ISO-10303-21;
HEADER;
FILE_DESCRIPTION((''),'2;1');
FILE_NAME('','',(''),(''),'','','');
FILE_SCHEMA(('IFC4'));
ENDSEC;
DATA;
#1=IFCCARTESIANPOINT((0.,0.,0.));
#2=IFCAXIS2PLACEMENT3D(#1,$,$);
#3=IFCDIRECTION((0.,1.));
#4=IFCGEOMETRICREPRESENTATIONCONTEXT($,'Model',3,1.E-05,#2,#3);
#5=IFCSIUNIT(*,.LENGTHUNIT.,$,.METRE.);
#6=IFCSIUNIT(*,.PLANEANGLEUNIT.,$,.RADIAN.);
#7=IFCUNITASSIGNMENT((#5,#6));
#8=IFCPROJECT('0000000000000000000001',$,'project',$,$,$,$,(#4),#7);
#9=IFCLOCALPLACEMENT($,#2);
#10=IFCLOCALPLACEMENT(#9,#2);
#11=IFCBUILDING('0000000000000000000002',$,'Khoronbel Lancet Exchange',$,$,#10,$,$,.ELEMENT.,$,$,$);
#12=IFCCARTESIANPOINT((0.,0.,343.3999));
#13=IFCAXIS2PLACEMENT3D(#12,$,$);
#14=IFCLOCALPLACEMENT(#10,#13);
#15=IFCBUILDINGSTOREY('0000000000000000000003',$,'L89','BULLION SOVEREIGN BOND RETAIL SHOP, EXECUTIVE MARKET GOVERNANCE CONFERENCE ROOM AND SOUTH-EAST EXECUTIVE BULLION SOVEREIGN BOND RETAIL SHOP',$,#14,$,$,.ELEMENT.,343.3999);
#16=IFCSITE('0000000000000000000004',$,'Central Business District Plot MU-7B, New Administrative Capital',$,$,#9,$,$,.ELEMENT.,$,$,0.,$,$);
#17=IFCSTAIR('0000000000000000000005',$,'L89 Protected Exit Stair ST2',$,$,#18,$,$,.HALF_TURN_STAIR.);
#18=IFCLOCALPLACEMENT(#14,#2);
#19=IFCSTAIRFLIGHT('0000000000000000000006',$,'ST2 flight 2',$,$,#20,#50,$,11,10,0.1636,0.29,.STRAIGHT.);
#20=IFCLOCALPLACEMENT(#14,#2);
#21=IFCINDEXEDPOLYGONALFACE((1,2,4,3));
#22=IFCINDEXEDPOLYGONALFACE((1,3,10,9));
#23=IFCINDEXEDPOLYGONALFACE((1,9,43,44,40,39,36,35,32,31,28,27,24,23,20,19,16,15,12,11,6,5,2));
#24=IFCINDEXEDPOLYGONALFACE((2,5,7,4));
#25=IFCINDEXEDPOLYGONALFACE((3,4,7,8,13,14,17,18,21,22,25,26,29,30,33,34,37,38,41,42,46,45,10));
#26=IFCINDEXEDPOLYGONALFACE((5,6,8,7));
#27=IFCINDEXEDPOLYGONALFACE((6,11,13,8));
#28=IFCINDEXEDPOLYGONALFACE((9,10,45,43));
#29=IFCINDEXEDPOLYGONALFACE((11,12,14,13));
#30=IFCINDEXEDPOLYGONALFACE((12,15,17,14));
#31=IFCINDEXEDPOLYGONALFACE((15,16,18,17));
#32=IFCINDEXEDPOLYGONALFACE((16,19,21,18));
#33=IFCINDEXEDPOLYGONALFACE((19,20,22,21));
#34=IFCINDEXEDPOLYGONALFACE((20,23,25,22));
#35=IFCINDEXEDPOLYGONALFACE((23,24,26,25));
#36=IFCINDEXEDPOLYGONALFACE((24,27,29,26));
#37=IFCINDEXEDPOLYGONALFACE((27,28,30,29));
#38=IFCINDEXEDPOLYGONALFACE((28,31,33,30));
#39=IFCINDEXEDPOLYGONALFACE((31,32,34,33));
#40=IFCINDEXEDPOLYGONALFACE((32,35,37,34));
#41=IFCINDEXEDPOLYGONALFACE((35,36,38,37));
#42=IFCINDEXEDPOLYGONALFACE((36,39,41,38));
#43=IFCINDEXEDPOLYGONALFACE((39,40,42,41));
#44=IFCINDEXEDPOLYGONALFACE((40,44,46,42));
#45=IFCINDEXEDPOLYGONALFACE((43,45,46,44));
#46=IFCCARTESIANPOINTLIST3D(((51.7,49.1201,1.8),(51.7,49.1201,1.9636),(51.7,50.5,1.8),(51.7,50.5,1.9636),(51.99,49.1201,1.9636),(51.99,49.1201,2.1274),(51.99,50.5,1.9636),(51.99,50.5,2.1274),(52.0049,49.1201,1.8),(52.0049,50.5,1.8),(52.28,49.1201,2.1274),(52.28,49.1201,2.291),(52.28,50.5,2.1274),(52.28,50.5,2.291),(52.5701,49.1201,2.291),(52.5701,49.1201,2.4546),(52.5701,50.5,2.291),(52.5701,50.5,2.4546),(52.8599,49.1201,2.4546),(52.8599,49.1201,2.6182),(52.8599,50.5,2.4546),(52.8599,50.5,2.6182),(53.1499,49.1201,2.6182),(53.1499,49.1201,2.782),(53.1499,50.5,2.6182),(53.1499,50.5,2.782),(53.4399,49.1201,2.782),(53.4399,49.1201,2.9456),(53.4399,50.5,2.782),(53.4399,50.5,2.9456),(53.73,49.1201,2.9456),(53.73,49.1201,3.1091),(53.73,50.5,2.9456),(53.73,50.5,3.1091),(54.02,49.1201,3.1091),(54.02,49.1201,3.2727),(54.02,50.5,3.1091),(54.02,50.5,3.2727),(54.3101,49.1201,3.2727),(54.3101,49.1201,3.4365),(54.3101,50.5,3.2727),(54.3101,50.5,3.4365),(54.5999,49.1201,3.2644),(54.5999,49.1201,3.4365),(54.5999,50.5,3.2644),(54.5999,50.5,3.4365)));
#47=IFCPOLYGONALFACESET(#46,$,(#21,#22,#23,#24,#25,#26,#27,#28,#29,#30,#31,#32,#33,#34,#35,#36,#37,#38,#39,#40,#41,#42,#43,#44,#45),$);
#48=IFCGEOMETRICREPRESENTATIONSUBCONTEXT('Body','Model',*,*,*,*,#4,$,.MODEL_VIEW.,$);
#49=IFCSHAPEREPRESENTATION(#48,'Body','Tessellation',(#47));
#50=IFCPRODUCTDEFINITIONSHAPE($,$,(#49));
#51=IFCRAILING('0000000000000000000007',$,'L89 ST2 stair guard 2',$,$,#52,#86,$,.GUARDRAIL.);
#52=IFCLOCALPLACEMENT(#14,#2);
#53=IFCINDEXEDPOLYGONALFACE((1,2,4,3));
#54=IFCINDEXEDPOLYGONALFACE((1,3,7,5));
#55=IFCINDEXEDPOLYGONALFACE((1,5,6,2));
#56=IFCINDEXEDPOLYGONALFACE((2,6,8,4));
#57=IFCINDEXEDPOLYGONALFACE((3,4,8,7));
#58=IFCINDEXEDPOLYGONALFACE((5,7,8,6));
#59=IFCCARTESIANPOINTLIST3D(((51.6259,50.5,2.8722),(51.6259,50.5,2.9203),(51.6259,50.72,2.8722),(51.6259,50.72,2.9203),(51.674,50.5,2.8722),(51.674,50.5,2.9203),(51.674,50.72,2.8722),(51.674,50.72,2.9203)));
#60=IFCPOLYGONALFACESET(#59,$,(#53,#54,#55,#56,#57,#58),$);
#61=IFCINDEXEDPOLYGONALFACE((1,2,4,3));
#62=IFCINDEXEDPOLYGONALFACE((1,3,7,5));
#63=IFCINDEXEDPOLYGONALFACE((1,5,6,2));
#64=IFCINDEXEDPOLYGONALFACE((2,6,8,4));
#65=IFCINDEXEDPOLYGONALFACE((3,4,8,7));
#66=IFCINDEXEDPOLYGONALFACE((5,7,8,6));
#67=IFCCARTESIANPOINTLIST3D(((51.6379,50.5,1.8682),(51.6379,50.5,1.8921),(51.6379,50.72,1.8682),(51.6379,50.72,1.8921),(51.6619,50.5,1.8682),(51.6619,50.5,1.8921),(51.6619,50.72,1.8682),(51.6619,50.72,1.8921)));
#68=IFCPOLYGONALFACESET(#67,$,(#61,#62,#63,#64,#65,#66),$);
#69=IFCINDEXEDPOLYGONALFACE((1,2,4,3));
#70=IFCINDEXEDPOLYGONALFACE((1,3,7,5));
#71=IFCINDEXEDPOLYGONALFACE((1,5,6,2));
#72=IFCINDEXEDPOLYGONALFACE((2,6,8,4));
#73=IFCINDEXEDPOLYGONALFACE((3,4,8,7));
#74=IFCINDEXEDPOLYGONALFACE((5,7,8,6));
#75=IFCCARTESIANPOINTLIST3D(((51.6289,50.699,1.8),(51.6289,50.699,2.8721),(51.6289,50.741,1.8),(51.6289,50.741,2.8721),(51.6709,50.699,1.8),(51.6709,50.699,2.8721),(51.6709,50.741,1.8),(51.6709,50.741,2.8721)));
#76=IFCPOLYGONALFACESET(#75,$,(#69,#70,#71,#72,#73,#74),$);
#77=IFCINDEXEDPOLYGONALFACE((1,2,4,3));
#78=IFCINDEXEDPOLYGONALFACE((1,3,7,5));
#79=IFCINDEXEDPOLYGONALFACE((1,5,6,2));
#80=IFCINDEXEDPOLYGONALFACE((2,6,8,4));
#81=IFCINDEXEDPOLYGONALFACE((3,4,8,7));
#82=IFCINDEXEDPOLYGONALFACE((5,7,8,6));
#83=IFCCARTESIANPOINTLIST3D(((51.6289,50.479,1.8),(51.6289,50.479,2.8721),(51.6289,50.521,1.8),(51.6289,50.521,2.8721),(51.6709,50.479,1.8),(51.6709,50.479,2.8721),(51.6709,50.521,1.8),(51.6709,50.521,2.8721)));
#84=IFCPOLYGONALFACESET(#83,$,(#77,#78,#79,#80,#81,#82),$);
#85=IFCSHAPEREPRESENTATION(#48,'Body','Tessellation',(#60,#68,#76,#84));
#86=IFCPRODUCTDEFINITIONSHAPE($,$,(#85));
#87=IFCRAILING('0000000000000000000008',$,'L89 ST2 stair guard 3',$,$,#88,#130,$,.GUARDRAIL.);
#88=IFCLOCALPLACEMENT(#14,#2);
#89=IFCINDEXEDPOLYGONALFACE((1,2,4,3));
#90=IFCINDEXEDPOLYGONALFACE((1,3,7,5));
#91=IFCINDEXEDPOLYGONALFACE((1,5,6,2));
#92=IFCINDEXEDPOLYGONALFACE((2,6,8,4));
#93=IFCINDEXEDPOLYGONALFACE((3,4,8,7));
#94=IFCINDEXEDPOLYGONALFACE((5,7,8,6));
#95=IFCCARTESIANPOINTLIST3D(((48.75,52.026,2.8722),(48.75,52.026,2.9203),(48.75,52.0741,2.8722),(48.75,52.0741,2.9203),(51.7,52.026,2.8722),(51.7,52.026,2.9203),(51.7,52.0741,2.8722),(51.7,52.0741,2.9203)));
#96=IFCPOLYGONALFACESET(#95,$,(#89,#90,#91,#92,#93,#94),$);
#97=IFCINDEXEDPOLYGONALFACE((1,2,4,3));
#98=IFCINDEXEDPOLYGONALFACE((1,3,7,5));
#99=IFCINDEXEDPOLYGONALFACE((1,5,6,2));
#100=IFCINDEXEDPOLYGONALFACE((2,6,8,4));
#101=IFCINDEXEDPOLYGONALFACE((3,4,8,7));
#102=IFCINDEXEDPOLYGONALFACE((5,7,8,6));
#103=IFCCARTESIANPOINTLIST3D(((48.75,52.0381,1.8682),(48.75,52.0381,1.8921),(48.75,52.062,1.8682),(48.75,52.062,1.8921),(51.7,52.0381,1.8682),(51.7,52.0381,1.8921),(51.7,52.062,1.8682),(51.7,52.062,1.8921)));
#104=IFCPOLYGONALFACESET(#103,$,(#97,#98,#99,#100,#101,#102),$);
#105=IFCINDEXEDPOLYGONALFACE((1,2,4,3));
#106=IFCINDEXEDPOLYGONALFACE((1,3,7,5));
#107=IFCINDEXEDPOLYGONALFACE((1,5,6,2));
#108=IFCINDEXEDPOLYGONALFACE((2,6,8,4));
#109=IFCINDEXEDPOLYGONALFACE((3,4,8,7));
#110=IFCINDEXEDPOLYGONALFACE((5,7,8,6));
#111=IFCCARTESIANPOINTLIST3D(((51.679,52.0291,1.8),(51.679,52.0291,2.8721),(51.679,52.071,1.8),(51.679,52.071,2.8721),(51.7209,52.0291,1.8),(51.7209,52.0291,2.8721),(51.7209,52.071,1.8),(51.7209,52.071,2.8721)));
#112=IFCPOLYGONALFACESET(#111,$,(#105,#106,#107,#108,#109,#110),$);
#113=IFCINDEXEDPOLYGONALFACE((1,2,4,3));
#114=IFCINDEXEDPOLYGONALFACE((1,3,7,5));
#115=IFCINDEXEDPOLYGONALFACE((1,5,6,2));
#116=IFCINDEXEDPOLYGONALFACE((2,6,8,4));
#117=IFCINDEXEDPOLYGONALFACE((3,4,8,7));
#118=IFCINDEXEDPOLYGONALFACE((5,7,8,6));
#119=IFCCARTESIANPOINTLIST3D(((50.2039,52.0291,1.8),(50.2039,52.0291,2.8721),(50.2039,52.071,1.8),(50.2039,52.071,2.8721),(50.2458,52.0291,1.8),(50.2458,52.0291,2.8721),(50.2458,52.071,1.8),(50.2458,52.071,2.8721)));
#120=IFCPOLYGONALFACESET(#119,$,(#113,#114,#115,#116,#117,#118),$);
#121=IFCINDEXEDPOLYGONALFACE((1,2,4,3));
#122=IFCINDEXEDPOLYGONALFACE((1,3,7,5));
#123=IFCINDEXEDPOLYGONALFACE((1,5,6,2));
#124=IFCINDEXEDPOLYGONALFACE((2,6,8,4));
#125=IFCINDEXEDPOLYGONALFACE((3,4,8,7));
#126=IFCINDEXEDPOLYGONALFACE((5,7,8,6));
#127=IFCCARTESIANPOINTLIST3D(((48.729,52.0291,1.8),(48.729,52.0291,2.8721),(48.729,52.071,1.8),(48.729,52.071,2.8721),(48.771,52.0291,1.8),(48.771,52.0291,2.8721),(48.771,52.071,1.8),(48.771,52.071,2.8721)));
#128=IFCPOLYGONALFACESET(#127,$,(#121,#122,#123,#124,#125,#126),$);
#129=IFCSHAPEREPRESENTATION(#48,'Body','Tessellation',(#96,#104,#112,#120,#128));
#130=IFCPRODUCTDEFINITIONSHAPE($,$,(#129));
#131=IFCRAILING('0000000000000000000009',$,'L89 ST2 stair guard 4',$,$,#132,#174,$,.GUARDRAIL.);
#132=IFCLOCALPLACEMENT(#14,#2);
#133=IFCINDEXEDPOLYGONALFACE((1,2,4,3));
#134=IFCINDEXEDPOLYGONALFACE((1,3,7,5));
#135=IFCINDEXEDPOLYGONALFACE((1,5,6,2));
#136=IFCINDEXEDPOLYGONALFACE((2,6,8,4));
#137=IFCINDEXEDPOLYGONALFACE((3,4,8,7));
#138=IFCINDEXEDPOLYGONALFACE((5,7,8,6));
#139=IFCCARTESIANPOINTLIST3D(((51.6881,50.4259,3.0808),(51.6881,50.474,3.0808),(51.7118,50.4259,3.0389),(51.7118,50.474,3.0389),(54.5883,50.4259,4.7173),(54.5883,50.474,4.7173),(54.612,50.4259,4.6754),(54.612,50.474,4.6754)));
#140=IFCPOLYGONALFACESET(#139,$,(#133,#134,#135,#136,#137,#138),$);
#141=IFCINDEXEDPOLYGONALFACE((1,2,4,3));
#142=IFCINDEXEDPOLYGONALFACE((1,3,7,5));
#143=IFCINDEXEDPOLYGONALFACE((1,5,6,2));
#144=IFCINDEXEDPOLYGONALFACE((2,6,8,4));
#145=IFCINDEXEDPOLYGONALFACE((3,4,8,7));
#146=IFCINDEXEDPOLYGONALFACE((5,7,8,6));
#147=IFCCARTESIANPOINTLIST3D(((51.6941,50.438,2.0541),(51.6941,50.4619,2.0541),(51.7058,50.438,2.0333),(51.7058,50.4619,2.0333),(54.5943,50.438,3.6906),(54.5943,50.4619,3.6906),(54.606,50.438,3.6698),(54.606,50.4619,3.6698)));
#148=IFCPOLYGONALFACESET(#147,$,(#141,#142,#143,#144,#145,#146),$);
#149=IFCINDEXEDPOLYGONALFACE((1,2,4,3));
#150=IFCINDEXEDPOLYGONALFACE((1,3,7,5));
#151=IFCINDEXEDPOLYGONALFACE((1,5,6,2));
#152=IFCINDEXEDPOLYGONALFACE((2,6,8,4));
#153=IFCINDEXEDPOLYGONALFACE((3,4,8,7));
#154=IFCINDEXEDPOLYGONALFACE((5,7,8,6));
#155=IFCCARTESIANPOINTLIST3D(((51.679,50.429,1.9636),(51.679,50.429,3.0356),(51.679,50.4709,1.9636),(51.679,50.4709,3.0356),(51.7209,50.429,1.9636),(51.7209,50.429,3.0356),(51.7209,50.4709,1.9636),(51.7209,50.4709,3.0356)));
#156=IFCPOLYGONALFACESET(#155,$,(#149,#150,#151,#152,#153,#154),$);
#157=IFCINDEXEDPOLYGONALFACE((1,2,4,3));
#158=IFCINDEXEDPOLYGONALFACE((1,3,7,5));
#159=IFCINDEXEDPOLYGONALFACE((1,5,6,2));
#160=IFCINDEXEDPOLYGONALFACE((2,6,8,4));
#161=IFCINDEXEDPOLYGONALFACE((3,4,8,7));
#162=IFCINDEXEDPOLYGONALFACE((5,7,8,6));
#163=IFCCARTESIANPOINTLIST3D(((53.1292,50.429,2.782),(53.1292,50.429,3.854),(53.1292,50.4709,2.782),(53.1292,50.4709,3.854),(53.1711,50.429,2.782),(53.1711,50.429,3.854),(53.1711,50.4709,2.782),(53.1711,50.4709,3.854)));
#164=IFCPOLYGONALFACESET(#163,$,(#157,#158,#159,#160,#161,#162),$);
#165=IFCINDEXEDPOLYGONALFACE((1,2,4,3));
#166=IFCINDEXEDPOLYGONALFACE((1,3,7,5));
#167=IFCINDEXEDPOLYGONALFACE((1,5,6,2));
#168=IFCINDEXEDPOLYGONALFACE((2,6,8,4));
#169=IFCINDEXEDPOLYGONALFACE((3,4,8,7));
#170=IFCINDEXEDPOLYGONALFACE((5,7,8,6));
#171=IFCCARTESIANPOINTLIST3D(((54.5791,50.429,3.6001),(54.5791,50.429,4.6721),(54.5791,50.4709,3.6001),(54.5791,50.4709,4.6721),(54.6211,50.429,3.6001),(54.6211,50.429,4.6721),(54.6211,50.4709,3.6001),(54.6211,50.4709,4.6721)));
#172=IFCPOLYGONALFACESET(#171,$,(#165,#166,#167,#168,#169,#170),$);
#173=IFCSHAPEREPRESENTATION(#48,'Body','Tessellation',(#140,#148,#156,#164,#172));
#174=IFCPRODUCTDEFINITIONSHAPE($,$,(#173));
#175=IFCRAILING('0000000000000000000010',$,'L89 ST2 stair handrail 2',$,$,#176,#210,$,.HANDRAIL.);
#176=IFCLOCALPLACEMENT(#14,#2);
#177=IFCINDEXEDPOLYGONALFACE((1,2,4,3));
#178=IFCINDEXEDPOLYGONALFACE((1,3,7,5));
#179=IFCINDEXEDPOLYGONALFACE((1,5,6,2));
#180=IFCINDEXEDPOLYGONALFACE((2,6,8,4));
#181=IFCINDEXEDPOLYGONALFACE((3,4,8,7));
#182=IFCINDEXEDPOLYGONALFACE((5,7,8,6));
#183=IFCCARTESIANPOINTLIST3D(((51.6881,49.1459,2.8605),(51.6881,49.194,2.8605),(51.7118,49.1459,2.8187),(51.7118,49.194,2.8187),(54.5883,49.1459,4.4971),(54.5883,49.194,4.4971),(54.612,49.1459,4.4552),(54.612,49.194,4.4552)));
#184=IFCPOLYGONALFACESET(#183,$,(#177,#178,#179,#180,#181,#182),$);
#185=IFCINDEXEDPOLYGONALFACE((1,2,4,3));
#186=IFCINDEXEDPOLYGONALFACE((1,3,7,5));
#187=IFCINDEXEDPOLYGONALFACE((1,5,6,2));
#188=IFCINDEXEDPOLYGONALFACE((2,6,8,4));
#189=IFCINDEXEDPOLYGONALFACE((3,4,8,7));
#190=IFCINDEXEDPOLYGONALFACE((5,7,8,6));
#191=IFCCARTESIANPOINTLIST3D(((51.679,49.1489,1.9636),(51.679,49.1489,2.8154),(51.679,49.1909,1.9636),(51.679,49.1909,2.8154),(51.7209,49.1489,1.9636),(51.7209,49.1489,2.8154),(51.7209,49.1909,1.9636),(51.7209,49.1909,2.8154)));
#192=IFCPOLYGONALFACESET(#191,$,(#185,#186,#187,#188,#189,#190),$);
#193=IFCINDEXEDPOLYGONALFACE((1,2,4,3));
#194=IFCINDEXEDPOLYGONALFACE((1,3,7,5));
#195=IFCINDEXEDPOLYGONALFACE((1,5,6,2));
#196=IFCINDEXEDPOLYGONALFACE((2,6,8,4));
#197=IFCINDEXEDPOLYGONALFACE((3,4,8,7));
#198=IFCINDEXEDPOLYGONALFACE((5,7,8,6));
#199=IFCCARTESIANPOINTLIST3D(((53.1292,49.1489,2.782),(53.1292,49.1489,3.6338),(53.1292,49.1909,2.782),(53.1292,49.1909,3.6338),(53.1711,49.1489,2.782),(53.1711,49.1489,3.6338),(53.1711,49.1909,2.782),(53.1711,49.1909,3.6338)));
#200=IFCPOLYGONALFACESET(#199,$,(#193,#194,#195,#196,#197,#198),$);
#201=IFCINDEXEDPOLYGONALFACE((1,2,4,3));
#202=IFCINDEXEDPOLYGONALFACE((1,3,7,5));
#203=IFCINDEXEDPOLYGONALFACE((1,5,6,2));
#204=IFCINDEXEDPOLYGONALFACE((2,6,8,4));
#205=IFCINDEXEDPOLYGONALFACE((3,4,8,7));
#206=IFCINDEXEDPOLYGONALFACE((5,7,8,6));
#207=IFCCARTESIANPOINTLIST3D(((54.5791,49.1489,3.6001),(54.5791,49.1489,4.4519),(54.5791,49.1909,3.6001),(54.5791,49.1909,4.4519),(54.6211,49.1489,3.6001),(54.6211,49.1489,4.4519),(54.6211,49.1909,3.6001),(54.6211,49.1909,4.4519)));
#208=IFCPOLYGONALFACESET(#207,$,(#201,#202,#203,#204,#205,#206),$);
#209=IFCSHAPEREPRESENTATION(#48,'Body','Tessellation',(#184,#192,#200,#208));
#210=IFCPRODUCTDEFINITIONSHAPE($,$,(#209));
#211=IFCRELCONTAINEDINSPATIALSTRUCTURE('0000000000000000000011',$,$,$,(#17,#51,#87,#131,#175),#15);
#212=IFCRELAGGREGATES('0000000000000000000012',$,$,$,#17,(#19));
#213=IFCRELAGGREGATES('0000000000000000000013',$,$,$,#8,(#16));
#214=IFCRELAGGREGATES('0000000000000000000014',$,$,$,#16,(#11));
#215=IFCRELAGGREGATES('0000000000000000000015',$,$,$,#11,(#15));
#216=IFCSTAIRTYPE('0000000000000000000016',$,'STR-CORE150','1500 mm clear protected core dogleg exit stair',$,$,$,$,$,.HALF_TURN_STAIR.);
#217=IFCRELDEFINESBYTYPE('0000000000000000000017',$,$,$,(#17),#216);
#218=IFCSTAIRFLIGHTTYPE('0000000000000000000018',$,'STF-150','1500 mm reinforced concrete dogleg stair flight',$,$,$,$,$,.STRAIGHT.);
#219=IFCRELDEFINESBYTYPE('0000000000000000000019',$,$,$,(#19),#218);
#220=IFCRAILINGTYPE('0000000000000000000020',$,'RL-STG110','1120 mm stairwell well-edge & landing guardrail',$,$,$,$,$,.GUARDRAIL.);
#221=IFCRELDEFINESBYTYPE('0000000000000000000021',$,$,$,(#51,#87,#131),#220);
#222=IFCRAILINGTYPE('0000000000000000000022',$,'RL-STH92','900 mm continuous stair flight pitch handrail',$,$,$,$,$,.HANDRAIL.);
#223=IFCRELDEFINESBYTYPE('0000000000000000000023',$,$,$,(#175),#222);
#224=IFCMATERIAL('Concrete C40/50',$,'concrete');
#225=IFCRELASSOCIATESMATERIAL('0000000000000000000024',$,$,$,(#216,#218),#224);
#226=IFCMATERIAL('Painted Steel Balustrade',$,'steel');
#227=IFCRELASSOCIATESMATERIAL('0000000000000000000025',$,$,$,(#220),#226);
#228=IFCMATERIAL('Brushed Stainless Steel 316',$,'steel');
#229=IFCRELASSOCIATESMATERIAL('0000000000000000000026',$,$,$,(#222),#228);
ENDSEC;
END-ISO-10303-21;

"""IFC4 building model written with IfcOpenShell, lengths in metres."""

from ifc_helpers import new_model, si_unit, direction, frame, origin, origin_2d, place, context, subcontext, project, spatial, polyline, rectangle, outline, extrude, material, type_object, element, aggregate, save


model = new_model("IFC4")

# Units and contexts
model_context = context("Model", 3, precision=1e-05, world=origin(), true_north=direction((0.0, 1.0)))
body_context = subcontext(model_context, "Body", "Model", "MODEL_VIEW")
ifc_project = project(units=[si_unit("LENGTHUNIT", "METRE"), si_unit("PLANEANGLEUNIT", "RADIAN")], contexts=[model_context])

# Site, building, storey
site_placement = place(None, origin())
site = spatial("IfcSite", under=ifc_project, at=site_placement, Name="Central Business District Plot MU-7B, New Administrative Capital", CompositionType="ELEMENT", RefElevation=0.0)
building_placement = place(site_placement, origin())
building = spatial("IfcBuilding", under=site, at=building_placement, Name="Khoronbel Lancet Exchange", CompositionType="ELEMENT")
storey_placement = place(building_placement, frame((0.0, 0.0, 343.3999)))
storey = spatial("IfcBuildingStorey", under=building, at=storey_placement, Name="L89", Description="BULLION SOVEREIGN BOND RETAIL SHOP, EXECUTIVE MARKET GOVERNANCE CONFERENCE ROOM AND SOUTH-EAST EXECUTIVE BULLION SOVEREIGN BOND RETAIL SHOP", CompositionType="ELEMENT", Elevation=343.3999)

# Stair, stair flight
ifc_material_1 = material(Name="Concrete C40/50", Category="concrete")
stair_type = type_object("IfcStairType", Name="STR-CORE150", Description="1500 mm clear protected core dogleg exit stair", PredefinedType="HALF_TURN_STAIR", material=ifc_material_1)
stair_placement = place(storey_placement, origin())
stair = element("IfcStair", 1, at=stair_placement, inside=storey, type_object=stair_type, Name="L89 Protected Exit Stair ST2", PredefinedType="HALF_TURN_STAIR")
stair_flight_type = type_object("IfcStairFlightType", Name="STF-150", Description="1500 mm reinforced concrete dogleg stair flight", PredefinedType="STRAIGHT", material=ifc_material_1)
stair_flight_placement = place(storey_placement, frame((51.7, 49.8101, 1.8), z_axis=(0.0, 0.0, 1.0), x_axis=(1.0, 0.0, 0.0)))
stair_flight = element("IfcStairFlight", 2, at=stair_flight_placement, type_object=stair_flight_type, Name="ST2 flight 2", NumberOfRisers=11, NumberOfTreads=10, PredefinedType="STRAIGHT", RiserHeight=0.1636, TreadLength=0.29, context=body_context, shape_type="SweptSolid", body=[
    extrude(outline(polyline([(0.0, 0.0), (0.0, 0.1636), (0.29, 0.1636), (0.29, 0.3274), (0.5801, 0.3274), (0.5801, 0.491), (0.8701, 0.491), (0.8701, 0.6545), (1.1599, 0.6545), (1.1599, 0.8181), (1.45, 0.8181), (1.45, 0.9819), (1.74, 0.9819), (1.74, 1.1455), (2.03, 1.1455), (2.03, 1.3091), (2.3201, 1.3091), (2.3201, 1.4727), (2.6101, 1.4727), (2.6101, 1.6365), (2.8999, 1.6365), (2.8999, 1.8), (2.8999, 1.4644), (0.3049, 0.0), (0.0, 0.0)])), frame((0.0, 0.6899, 0.0), z_axis=(0.0, -1.0, 0.0), x_axis=(1.0, 0.0, 0.0)), (0.0, 0.0, 1.0), 1.3799),
])
aggregate(stair, [stair_flight])

# Railings
ifc_material_2 = material(Name="Painted Steel Balustrade", Category="steel")
railing_type_1 = type_object("IfcRailingType", Name="RL-STG110", Description="1120 mm stairwell well-edge & landing guardrail", PredefinedType="GUARDRAIL", material=ifc_material_2)
railing_1_placement = place(storey_placement, frame((51.6499, 50.72, 1.8)))
element("IfcRailing", 3, at=railing_1_placement, inside=storey, type_object=railing_type_1, Name="L89 ST2 stair guard 2", PredefinedType="GUARDRAIL", context=body_context, shape_type="SweptSolid", body=[
    extrude(rectangle(XDim=0.0481, YDim=0.0481, at=origin_2d()), frame((0.0, 0.0, 1.0962), z_axis=(0.0, -1.0, 0.0), x_axis=(1.0, 0.0, 0.0)), (0.0, 0.0, 1.0), 0.22),
    extrude(rectangle(XDim=0.0239, YDim=0.0239, at=origin_2d()), frame((0.0, 0.0, 0.0801), z_axis=(0.0, -1.0, 0.0), x_axis=(1.0, 0.0, 0.0)), (0.0, 0.0, 1.0), 0.22),
    extrude(rectangle(XDim=0.042, YDim=0.042, at=origin_2d()), origin(), (0.0, 0.0, 1.0), 1.072),
    extrude(rectangle(XDim=0.042, YDim=0.042, at=origin_2d()), frame((0.0, -0.22, 0.0)), (0.0, 0.0, 1.0), 1.072),
])
railing_2_placement = place(storey_placement, frame((51.7, 52.05, 1.8)))
element("IfcRailing", 4, at=railing_2_placement, inside=storey, type_object=railing_type_1, Name="L89 ST2 stair guard 3", PredefinedType="GUARDRAIL", context=body_context, shape_type="SweptSolid", body=[
    extrude(rectangle(XDim=0.0481, YDim=0.0481, at=origin_2d()), frame((0.0, 0.0, 1.0962), z_axis=(-1.0, 0.0, 0.0), x_axis=(0.0, -1.0, 0.0)), (0.0, 0.0, 1.0), 2.95),
    extrude(rectangle(XDim=0.0239, YDim=0.0239, at=origin_2d()), frame((0.0, 0.0, 0.0801), z_axis=(-1.0, 0.0, 0.0), x_axis=(0.0, -1.0, 0.0)), (0.0, 0.0, 1.0), 2.95),
    extrude(rectangle(XDim=0.042, YDim=0.042, at=origin_2d()), origin(), (0.0, 0.0, 1.0), 1.072),
    extrude(rectangle(XDim=0.042, YDim=0.042, at=origin_2d()), frame((-1.4751, 0.0, 0.0)), (0.0, 0.0, 1.0), 1.072),
    extrude(rectangle(XDim=0.042, YDim=0.042, at=origin_2d()), frame((-2.95, 0.0, 0.0)), (0.0, 0.0, 1.0), 1.072),
])
railing_3_placement = place(storey_placement, frame((51.7, 50.45, 1.9636)))
element("IfcRailing", 5, at=railing_3_placement, inside=storey, type_object=railing_type_1, Name="L89 ST2 stair guard 4", PredefinedType="GUARDRAIL", context=body_context, shape_type="SweptSolid", body=[
    extrude(rectangle(XDim=0.0481, YDim=0.0481, at=origin_2d()), frame((0.0, 0.0, 1.0962), z_axis=(0.870915, 0.0, 0.491434), x_axis=(0.0, 1.0, 0.0)), (0.0, 0.0, 1.0), 3.3301),
    extrude(rectangle(XDim=0.0239, YDim=0.0239, at=origin_2d()), frame((0.0, 0.0, 0.0801), z_axis=(0.870915, 0.0, 0.491434), x_axis=(0.0, 1.0, 0.0)), (0.0, 0.0, 1.0), 3.3301),
    extrude(rectangle(XDim=0.042, YDim=0.042, at=origin_2d()), origin(), (0.0, 0.0, 1.0), 1.072),
    extrude(rectangle(XDim=0.042, YDim=0.042, at=origin_2d()), frame((1.4502, 0.0, 0.8184)), (0.0, 0.0, 1.0), 1.072),
    extrude(rectangle(XDim=0.042, YDim=0.042, at=origin_2d()), frame((2.9001, 0.0, 1.6365)), (0.0, 0.0, 1.0), 1.072),
])
ifc_material_3 = material(Name="Brushed Stainless Steel 316", Category="steel")
railing_type_2 = type_object("IfcRailingType", Name="RL-STH92", Description="900 mm continuous stair flight pitch handrail", PredefinedType="HANDRAIL", material=ifc_material_3)
railing_4_placement = place(storey_placement, frame((51.7, 49.1699, 1.9636)))
element("IfcRailing", 6, at=railing_4_placement, inside=storey, type_object=railing_type_2, Name="L89 ST2 stair handrail 2", PredefinedType="HANDRAIL", context=body_context, shape_type="SweptSolid", body=[
    extrude(rectangle(XDim=0.0481, YDim=0.0481, at=origin_2d()), frame((0.0, 0.0, 0.876), z_axis=(0.870915, 0.0, 0.491434), x_axis=(0.0, 1.0, 0.0)), (0.0, 0.0, 1.0), 3.3301),
    extrude(rectangle(XDim=0.042, YDim=0.042, at=origin_2d()), origin(), (0.0, 0.0, 1.0), 0.8518),
    extrude(rectangle(XDim=0.042, YDim=0.042, at=origin_2d()), frame((1.4502, 0.0, 0.8184)), (0.0, 0.0, 1.0), 0.8518),
    extrude(rectangle(XDim=0.042, YDim=0.042, at=origin_2d()), frame((2.9001, 0.0, 1.6365)), (0.0, 0.0, 1.0), 0.8518),
])

save(model, "model.ifc")
